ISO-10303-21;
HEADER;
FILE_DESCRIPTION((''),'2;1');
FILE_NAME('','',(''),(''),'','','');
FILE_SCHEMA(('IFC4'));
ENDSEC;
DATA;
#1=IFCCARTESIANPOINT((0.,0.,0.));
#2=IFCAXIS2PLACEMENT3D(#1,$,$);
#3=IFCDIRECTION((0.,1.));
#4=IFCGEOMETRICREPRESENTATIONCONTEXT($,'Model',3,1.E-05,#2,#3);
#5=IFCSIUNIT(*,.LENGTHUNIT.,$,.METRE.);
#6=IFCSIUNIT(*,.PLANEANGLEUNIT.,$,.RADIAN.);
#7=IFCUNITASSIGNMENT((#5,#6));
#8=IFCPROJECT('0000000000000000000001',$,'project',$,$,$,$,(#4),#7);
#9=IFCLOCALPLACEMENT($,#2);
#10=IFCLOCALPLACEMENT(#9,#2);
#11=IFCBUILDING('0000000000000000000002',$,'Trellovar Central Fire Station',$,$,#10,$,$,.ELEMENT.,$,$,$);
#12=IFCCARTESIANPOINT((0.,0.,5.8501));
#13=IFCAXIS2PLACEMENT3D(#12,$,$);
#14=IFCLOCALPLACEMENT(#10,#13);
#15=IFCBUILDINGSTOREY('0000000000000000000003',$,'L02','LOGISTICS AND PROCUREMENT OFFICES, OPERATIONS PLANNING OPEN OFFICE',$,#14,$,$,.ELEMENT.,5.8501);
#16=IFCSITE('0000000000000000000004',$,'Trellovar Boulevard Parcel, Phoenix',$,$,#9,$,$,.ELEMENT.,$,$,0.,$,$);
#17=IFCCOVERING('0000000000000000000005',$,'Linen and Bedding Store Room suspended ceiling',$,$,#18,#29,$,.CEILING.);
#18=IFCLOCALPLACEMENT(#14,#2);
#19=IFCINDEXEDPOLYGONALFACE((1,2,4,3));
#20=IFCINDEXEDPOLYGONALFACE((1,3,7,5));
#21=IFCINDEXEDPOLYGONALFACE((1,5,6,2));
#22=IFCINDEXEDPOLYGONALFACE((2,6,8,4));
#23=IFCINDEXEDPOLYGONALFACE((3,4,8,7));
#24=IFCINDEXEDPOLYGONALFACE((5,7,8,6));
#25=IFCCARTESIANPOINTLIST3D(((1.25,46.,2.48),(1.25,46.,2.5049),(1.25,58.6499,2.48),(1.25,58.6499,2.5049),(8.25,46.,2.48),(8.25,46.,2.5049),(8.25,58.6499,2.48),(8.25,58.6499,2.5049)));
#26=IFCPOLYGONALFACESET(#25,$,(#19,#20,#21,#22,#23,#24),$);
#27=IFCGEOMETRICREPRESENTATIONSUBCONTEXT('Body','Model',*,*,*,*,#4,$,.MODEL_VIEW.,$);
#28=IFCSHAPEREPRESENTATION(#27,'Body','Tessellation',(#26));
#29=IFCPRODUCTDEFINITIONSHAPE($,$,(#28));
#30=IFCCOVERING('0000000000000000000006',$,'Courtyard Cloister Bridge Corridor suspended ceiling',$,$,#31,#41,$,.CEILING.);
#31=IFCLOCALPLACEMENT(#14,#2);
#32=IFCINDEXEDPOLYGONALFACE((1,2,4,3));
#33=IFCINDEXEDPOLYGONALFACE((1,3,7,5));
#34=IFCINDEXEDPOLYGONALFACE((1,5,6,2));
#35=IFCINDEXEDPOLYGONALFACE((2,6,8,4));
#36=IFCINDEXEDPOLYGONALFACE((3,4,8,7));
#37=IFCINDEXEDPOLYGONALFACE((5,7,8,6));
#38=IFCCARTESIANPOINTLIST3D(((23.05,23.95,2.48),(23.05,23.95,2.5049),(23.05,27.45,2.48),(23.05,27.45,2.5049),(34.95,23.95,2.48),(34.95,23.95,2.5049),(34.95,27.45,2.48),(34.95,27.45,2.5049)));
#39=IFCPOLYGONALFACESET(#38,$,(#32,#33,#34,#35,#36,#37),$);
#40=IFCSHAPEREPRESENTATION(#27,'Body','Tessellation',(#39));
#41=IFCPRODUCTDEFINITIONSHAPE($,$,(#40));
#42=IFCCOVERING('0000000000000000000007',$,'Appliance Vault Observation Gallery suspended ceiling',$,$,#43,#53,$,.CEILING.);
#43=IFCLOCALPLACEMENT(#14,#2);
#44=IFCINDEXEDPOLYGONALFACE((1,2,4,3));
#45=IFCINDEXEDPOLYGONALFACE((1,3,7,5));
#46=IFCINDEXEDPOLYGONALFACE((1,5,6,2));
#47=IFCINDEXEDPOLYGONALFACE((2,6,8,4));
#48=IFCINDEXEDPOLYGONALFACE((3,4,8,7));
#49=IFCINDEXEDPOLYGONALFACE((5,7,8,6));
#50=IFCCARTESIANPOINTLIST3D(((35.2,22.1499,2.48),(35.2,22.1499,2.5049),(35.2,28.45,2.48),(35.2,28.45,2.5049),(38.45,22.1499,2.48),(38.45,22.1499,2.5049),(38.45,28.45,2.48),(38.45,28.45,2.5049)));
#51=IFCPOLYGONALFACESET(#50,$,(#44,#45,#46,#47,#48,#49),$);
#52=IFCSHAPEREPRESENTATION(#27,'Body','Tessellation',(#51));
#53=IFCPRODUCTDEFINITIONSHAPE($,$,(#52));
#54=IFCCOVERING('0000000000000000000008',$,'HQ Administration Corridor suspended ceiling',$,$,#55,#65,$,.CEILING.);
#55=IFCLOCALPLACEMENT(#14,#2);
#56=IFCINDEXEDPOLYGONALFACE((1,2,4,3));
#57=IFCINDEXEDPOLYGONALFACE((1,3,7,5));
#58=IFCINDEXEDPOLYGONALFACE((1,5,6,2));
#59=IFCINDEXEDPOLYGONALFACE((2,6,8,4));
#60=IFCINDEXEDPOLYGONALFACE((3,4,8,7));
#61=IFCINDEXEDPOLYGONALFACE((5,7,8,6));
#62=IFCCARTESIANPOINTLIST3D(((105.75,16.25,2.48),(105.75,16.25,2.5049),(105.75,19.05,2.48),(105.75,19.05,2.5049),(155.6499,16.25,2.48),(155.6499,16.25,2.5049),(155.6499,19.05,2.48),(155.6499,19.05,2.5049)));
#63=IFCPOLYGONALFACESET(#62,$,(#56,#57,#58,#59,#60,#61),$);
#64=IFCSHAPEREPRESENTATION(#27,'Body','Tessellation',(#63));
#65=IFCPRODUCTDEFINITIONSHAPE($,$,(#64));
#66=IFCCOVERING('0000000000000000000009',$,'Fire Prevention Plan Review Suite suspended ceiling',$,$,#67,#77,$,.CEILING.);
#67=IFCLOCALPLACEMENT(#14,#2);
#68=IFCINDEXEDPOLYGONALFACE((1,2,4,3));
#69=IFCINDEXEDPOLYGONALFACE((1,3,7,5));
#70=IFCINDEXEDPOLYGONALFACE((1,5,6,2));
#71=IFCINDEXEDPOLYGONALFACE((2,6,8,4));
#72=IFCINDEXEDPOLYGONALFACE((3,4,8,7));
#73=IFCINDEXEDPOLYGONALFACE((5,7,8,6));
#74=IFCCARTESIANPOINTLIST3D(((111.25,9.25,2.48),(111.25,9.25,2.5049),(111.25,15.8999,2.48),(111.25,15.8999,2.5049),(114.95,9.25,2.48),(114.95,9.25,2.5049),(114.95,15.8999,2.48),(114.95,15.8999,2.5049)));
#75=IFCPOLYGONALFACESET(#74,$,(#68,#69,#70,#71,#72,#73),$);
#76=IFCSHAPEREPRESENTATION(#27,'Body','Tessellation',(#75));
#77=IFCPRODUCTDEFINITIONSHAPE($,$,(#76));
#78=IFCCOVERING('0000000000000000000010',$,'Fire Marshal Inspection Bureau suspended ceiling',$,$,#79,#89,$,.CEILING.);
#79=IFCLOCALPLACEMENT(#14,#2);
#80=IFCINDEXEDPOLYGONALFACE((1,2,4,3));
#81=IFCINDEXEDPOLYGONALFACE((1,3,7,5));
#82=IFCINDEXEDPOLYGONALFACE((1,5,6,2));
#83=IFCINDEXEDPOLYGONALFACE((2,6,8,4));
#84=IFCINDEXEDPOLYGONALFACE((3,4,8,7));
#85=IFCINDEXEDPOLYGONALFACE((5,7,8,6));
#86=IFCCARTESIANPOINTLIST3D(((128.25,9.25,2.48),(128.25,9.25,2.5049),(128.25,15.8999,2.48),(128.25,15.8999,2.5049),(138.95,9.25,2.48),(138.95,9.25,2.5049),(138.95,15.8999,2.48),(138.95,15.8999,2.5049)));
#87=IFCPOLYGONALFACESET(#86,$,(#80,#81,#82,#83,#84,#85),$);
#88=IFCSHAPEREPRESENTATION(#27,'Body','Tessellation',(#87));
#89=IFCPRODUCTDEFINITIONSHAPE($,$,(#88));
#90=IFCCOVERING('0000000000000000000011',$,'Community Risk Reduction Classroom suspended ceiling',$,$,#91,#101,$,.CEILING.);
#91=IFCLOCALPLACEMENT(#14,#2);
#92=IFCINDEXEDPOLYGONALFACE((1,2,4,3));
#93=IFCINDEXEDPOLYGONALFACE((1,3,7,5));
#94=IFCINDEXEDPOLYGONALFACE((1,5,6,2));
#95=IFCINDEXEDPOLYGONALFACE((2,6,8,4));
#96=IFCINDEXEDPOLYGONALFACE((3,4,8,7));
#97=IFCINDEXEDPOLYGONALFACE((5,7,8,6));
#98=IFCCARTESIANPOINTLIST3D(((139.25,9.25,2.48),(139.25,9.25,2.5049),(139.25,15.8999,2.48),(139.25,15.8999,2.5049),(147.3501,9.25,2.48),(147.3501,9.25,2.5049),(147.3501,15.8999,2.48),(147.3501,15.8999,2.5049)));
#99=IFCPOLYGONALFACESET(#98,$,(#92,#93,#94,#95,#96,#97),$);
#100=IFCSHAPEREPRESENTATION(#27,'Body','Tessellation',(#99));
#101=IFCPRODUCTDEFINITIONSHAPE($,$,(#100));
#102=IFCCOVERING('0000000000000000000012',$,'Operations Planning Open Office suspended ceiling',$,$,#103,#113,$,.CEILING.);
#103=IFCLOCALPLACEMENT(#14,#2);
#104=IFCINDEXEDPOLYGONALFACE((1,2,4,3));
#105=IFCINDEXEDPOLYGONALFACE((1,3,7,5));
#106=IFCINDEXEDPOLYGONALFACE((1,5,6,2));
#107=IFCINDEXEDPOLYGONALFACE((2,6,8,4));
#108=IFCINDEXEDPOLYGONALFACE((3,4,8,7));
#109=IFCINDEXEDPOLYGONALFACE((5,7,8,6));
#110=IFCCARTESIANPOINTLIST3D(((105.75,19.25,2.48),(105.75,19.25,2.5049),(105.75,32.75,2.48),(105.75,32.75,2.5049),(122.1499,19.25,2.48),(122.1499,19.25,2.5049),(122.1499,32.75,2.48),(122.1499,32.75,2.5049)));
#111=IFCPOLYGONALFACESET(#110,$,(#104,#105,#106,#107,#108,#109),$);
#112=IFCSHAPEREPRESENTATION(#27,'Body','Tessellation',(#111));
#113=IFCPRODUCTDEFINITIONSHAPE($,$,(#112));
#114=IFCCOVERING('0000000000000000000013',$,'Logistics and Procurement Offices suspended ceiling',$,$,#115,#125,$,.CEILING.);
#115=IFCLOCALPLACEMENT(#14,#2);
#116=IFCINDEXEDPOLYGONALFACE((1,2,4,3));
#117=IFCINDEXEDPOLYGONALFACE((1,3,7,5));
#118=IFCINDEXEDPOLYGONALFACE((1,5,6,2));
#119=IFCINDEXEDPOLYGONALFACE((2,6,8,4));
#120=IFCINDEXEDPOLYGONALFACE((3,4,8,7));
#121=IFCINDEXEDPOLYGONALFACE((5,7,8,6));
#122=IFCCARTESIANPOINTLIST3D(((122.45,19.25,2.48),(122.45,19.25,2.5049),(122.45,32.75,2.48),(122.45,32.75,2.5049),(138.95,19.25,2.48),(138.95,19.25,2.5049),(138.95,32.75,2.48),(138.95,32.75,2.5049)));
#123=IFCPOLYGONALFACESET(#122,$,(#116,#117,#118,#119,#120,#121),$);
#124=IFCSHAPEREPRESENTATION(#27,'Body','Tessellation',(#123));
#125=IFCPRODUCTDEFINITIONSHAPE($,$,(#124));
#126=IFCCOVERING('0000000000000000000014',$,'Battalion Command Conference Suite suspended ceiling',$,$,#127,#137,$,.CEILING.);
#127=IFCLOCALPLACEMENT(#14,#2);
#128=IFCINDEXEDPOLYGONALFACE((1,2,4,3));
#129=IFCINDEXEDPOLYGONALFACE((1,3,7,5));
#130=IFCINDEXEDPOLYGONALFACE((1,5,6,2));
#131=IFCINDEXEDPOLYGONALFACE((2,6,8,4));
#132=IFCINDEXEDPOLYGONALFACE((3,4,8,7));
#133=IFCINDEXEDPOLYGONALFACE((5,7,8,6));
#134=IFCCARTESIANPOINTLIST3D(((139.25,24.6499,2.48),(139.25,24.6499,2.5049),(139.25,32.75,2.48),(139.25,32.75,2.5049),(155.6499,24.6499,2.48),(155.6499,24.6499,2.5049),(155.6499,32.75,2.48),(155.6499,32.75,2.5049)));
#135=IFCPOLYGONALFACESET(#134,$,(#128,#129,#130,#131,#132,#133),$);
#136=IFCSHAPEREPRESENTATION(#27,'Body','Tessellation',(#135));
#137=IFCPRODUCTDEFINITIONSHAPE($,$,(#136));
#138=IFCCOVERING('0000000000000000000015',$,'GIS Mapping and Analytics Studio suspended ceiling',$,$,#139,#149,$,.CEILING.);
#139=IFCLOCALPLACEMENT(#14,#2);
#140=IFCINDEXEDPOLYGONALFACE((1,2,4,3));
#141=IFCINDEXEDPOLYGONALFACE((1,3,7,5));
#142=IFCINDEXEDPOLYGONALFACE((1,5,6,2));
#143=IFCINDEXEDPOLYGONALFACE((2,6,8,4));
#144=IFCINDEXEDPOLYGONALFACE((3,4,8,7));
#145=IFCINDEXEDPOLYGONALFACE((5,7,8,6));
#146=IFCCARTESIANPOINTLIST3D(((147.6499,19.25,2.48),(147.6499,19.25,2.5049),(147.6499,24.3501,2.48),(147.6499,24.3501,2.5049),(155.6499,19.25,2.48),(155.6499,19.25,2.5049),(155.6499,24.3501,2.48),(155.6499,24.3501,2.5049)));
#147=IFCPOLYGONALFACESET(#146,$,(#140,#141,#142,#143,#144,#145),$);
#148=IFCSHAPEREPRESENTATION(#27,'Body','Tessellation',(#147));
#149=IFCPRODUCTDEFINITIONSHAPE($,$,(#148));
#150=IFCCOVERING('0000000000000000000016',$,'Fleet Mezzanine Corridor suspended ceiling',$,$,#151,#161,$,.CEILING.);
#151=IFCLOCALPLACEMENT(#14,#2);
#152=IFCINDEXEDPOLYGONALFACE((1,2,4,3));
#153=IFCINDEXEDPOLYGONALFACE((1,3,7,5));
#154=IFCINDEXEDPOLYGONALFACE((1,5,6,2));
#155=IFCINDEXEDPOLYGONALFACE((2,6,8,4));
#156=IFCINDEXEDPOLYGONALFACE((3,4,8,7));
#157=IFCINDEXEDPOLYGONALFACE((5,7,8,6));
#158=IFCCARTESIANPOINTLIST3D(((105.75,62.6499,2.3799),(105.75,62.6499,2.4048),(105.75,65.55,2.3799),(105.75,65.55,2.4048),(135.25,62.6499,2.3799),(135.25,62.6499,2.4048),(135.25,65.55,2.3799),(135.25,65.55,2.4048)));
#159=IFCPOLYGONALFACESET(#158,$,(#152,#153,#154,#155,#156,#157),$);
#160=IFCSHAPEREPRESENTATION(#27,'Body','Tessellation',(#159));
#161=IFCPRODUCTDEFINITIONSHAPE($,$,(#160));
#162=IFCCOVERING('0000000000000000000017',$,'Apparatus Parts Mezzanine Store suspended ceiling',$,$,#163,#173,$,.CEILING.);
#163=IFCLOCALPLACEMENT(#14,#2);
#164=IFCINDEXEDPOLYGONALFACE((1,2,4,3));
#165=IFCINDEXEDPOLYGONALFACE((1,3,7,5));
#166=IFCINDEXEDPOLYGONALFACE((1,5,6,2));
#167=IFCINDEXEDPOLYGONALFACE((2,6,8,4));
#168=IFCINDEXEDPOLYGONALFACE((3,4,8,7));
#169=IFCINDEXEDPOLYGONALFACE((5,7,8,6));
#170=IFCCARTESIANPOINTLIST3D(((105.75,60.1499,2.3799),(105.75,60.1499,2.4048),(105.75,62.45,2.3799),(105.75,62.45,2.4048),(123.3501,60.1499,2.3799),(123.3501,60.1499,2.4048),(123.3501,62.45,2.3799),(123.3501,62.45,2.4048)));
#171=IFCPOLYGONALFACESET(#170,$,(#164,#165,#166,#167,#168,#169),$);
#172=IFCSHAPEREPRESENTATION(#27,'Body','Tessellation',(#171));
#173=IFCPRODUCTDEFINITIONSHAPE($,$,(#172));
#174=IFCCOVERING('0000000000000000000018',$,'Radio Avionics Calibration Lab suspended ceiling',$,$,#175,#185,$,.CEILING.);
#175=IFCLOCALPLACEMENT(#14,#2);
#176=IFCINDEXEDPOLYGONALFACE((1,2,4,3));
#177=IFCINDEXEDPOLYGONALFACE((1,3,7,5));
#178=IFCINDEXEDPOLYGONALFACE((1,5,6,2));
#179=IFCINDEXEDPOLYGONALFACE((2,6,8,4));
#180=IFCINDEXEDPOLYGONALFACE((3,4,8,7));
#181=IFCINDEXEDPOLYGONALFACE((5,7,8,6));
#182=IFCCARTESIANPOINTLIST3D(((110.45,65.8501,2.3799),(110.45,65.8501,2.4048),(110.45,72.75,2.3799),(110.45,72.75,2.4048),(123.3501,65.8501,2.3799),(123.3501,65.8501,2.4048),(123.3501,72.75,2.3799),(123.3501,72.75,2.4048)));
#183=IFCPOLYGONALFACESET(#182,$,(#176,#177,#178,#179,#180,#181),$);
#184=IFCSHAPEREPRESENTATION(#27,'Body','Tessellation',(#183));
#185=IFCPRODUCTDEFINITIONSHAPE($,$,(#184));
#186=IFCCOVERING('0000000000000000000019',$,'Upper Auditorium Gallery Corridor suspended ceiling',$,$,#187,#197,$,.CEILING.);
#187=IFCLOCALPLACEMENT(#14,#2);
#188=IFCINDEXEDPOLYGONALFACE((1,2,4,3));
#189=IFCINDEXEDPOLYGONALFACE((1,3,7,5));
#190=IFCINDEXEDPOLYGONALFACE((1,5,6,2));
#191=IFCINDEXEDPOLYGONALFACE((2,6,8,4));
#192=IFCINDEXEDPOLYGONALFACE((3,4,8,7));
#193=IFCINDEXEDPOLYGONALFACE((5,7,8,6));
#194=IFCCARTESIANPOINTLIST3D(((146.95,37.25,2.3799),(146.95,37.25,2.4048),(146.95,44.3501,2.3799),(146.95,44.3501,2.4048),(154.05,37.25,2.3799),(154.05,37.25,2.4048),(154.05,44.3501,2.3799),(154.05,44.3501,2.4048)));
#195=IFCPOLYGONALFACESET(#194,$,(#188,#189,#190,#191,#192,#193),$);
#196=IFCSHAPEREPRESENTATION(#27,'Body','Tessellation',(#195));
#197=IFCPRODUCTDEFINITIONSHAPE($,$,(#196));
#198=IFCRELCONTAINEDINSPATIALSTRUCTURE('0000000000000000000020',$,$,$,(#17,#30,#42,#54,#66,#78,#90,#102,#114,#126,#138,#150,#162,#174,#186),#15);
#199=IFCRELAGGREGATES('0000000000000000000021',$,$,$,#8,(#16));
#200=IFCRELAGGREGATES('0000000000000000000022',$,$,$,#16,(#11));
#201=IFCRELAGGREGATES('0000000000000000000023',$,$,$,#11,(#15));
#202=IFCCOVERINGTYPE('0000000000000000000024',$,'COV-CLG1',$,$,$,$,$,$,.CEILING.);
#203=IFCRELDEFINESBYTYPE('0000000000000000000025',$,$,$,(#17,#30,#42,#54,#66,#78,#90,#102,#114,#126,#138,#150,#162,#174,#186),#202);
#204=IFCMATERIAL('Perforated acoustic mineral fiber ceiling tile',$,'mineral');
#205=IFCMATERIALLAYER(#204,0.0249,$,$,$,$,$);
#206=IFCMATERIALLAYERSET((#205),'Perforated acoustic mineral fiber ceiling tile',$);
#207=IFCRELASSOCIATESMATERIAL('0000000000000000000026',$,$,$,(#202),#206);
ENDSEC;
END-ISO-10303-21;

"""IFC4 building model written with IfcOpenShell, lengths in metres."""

from ifc_helpers import new_model, si_unit, direction, frame, origin, place, context, subcontext, project, spatial, polyline, outline, extrude, material, layer, layer_set, type_object, element, save


model = new_model("IFC4")

# Units and contexts
model_context = context("Model", 3, precision=1e-05, world=origin(), true_north=direction((0.0, 1.0)))
body_context = subcontext(model_context, "Body", "Model", "MODEL_VIEW")
ifc_project = project(units=[si_unit("LENGTHUNIT", "METRE"), si_unit("PLANEANGLEUNIT", "RADIAN")], contexts=[model_context])

# Site, building, storey
site_placement = place(None, origin())
site = spatial("IfcSite", under=ifc_project, at=site_placement, Name="Trellovar Boulevard Parcel, Phoenix", CompositionType="ELEMENT", RefElevation=0.0)
building_placement = place(site_placement, origin())
building = spatial("IfcBuilding", under=site, at=building_placement, Name="Trellovar Central Fire Station", CompositionType="ELEMENT")
storey_placement = place(building_placement, frame((0.0, 0.0, 5.8501)))
storey = spatial("IfcBuildingStorey", under=building, at=storey_placement, Name="L02", Description="LOGISTICS AND PROCUREMENT OFFICES, OPERATIONS PLANNING OPEN OFFICE", CompositionType="ELEMENT", Elevation=5.8501)

# Coverings
ifc_material_1 = material(Name="Perforated acoustic mineral fiber ceiling tile", Category="mineral")
ifc_layer_1 = layer(ifc_material_1, 0.0249)
ifc_layer_set_1 = layer_set([ifc_layer_1], Name="Perforated acoustic mineral fiber ceiling tile")
covering_type_1 = type_object("IfcCoveringType", Name="COV-CLG1", PredefinedType="CEILING", material=ifc_layer_set_1)
covering_1_placement = place(storey_placement, frame((0.0, 0.0, 2.48)))
element("IfcCovering", 1, at=covering_1_placement, inside=storey, type_object=covering_type_1, Name="Linen and Bedding Store Room suspended ceiling", PredefinedType="CEILING", context=body_context, shape_type="SweptSolid", body=[
    extrude(outline(polyline([(8.25, 58.6499), (8.25, 46.0), (1.25, 46.0), (1.25, 58.6499), (8.25, 58.6499)])), origin(), (0.0, 0.0, 1.0), 0.0249),
])
covering_2_placement = place(storey_placement, frame((0.0, 0.0, 2.48)))
element("IfcCovering", 2, at=covering_2_placement, inside=storey, type_object=covering_type_1, Name="Courtyard Cloister Bridge Corridor suspended ceiling", PredefinedType="CEILING", context=body_context, shape_type="SweptSolid", body=[
    extrude(outline(polyline([(34.95, 27.45), (34.95, 23.95), (23.05, 23.95), (23.05, 27.45), (34.95, 27.45)])), origin(), (0.0, 0.0, 1.0), 0.0249),
])
covering_3_placement = place(storey_placement, frame((0.0, 0.0, 2.48)))
element("IfcCovering", 3, at=covering_3_placement, inside=storey, type_object=covering_type_1, Name="Appliance Vault Observation Gallery suspended ceiling", PredefinedType="CEILING", context=body_context, shape_type="SweptSolid", body=[
    extrude(outline(polyline([(38.45, 28.45), (38.45, 22.1499), (35.2, 22.1499), (35.2, 28.45), (38.45, 28.45)])), origin(), (0.0, 0.0, 1.0), 0.0249),
])
covering_4_placement = place(storey_placement, frame((0.0, 0.0, 2.48)))
element("IfcCovering", 4, at=covering_4_placement, inside=storey, type_object=covering_type_1, Name="HQ Administration Corridor suspended ceiling", PredefinedType="CEILING", context=body_context, shape_type="SweptSolid", body=[
    extrude(outline(polyline([(155.6499, 19.05), (155.6499, 16.25), (105.75, 16.25), (105.75, 19.05), (155.6499, 19.05)])), origin(), (0.0, 0.0, 1.0), 0.0249),
])
covering_5_placement = place(storey_placement, frame((0.0, 0.0, 2.48)))
element("IfcCovering", 5, at=covering_5_placement, inside=storey, type_object=covering_type_1, Name="Fire Prevention Plan Review Suite suspended ceiling", PredefinedType="CEILING", context=body_context, shape_type="SweptSolid", body=[
    extrude(outline(polyline([(114.95, 15.8999), (114.95, 9.25), (111.25, 9.25), (111.25, 15.8999), (114.95, 15.8999)])), origin(), (0.0, 0.0, 1.0), 0.0249),
])
covering_6_placement = place(storey_placement, frame((0.0, 0.0, 2.48)))
element("IfcCovering", 6, at=covering_6_placement, inside=storey, type_object=covering_type_1, Name="Fire Marshal Inspection Bureau suspended ceiling", PredefinedType="CEILING", context=body_context, shape_type="SweptSolid", body=[
    extrude(outline(polyline([(138.95, 15.8999), (138.95, 9.25), (128.25, 9.25), (128.25, 15.8999), (138.95, 15.8999)])), origin(), (0.0, 0.0, 1.0), 0.0249),
])
covering_7_placement = place(storey_placement, frame((0.0, 0.0, 2.48)))
element("IfcCovering", 7, at=covering_7_placement, inside=storey, type_object=covering_type_1, Name="Community Risk Reduction Classroom suspended ceiling", PredefinedType="CEILING", context=body_context, shape_type="SweptSolid", body=[
    extrude(outline(polyline([(147.3501, 15.8999), (147.3501, 9.25), (139.25, 9.25), (139.25, 15.8999), (147.3501, 15.8999)])), origin(), (0.0, 0.0, 1.0), 0.0249),
])
covering_8_placement = place(storey_placement, frame((0.0, 0.0, 2.48)))
element("IfcCovering", 8, at=covering_8_placement, inside=storey, type_object=covering_type_1, Name="Operations Planning Open Office suspended ceiling", PredefinedType="CEILING", context=body_context, shape_type="SweptSolid", body=[
    extrude(outline(polyline([(122.1499, 32.75), (122.1499, 19.25), (105.75, 19.25), (105.75, 32.75), (122.1499, 32.75)])), origin(), (0.0, 0.0, 1.0), 0.0249),
])
covering_9_placement = place(storey_placement, frame((0.0, 0.0, 2.48)))
element("IfcCovering", 9, at=covering_9_placement, inside=storey, type_object=covering_type_1, Name="Logistics and Procurement Offices suspended ceiling", PredefinedType="CEILING", context=body_context, shape_type="SweptSolid", body=[
    extrude(outline(polyline([(138.95, 32.75), (138.95, 19.25), (122.45, 19.25), (122.45, 32.75), (138.95, 32.75)])), origin(), (0.0, 0.0, 1.0), 0.0249),
])
covering_10_placement = place(storey_placement, frame((0.0, 0.0, 2.48)))
element("IfcCovering", 10, at=covering_10_placement, inside=storey, type_object=covering_type_1, Name="Battalion Command Conference Suite suspended ceiling", PredefinedType="CEILING", context=body_context, shape_type="SweptSolid", body=[
    extrude(outline(polyline([(155.6499, 32.75), (155.6499, 24.6499), (139.25, 24.6499), (139.25, 32.75), (155.6499, 32.75)])), origin(), (0.0, 0.0, 1.0), 0.0249),
])
covering_11_placement = place(storey_placement, frame((0.0, 0.0, 2.48)))
element("IfcCovering", 11, at=covering_11_placement, inside=storey, type_object=covering_type_1, Name="GIS Mapping and Analytics Studio suspended ceiling", PredefinedType="CEILING", context=body_context, shape_type="SweptSolid", body=[
    extrude(outline(polyline([(155.6499, 24.3501), (155.6499, 19.25), (147.6499, 19.25), (147.6499, 24.3501), (155.6499, 24.3501)])), origin(), (0.0, 0.0, 1.0), 0.0249),
])
covering_12_placement = place(storey_placement, frame((0.0, 0.0, 2.3799)))
element("IfcCovering", 12, at=covering_12_placement, inside=storey, type_object=covering_type_1, Name="Fleet Mezzanine Corridor suspended ceiling", PredefinedType="CEILING", context=body_context, shape_type="SweptSolid", body=[
    extrude(outline(polyline([(135.25, 65.55), (135.25, 62.6499), (105.75, 62.6499), (105.75, 65.55), (135.25, 65.55)])), origin(), (0.0, 0.0, 1.0), 0.0249),
])
covering_13_placement = place(storey_placement, frame((0.0, 0.0, 2.3799)))
element("IfcCovering", 13, at=covering_13_placement, inside=storey, type_object=covering_type_1, Name="Apparatus Parts Mezzanine Store suspended ceiling", PredefinedType="CEILING", context=body_context, shape_type="SweptSolid", body=[
    extrude(outline(polyline([(123.3501, 62.45), (123.3501, 60.1499), (105.75, 60.1499), (105.75, 62.45), (123.3501, 62.45)])), origin(), (0.0, 0.0, 1.0), 0.0249),
])
covering_14_placement = place(storey_placement, frame((0.0, 0.0, 2.3799)))
element("IfcCovering", 14, at=covering_14_placement, inside=storey, type_object=covering_type_1, Name="Radio Avionics Calibration Lab suspended ceiling", PredefinedType="CEILING", context=body_context, shape_type="SweptSolid", body=[
    extrude(outline(polyline([(123.3501, 72.75), (123.3501, 65.8501), (110.45, 65.8501), (110.45, 72.75), (123.3501, 72.75)])), origin(), (0.0, 0.0, 1.0), 0.0249),
])
covering_15_placement = place(storey_placement, frame((0.0, 0.0, 2.3799)))
element("IfcCovering", 15, at=covering_15_placement, inside=storey, type_object=covering_type_1, Name="Upper Auditorium Gallery Corridor suspended ceiling", PredefinedType="CEILING", context=body_context, shape_type="SweptSolid", body=[
    extrude(outline(polyline([(154.05, 44.3501), (154.05, 37.25), (146.95, 37.25), (146.95, 44.3501), (154.05, 44.3501)])), origin(), (0.0, 0.0, 1.0), 0.0249),
])

save(model, "model.ifc")
